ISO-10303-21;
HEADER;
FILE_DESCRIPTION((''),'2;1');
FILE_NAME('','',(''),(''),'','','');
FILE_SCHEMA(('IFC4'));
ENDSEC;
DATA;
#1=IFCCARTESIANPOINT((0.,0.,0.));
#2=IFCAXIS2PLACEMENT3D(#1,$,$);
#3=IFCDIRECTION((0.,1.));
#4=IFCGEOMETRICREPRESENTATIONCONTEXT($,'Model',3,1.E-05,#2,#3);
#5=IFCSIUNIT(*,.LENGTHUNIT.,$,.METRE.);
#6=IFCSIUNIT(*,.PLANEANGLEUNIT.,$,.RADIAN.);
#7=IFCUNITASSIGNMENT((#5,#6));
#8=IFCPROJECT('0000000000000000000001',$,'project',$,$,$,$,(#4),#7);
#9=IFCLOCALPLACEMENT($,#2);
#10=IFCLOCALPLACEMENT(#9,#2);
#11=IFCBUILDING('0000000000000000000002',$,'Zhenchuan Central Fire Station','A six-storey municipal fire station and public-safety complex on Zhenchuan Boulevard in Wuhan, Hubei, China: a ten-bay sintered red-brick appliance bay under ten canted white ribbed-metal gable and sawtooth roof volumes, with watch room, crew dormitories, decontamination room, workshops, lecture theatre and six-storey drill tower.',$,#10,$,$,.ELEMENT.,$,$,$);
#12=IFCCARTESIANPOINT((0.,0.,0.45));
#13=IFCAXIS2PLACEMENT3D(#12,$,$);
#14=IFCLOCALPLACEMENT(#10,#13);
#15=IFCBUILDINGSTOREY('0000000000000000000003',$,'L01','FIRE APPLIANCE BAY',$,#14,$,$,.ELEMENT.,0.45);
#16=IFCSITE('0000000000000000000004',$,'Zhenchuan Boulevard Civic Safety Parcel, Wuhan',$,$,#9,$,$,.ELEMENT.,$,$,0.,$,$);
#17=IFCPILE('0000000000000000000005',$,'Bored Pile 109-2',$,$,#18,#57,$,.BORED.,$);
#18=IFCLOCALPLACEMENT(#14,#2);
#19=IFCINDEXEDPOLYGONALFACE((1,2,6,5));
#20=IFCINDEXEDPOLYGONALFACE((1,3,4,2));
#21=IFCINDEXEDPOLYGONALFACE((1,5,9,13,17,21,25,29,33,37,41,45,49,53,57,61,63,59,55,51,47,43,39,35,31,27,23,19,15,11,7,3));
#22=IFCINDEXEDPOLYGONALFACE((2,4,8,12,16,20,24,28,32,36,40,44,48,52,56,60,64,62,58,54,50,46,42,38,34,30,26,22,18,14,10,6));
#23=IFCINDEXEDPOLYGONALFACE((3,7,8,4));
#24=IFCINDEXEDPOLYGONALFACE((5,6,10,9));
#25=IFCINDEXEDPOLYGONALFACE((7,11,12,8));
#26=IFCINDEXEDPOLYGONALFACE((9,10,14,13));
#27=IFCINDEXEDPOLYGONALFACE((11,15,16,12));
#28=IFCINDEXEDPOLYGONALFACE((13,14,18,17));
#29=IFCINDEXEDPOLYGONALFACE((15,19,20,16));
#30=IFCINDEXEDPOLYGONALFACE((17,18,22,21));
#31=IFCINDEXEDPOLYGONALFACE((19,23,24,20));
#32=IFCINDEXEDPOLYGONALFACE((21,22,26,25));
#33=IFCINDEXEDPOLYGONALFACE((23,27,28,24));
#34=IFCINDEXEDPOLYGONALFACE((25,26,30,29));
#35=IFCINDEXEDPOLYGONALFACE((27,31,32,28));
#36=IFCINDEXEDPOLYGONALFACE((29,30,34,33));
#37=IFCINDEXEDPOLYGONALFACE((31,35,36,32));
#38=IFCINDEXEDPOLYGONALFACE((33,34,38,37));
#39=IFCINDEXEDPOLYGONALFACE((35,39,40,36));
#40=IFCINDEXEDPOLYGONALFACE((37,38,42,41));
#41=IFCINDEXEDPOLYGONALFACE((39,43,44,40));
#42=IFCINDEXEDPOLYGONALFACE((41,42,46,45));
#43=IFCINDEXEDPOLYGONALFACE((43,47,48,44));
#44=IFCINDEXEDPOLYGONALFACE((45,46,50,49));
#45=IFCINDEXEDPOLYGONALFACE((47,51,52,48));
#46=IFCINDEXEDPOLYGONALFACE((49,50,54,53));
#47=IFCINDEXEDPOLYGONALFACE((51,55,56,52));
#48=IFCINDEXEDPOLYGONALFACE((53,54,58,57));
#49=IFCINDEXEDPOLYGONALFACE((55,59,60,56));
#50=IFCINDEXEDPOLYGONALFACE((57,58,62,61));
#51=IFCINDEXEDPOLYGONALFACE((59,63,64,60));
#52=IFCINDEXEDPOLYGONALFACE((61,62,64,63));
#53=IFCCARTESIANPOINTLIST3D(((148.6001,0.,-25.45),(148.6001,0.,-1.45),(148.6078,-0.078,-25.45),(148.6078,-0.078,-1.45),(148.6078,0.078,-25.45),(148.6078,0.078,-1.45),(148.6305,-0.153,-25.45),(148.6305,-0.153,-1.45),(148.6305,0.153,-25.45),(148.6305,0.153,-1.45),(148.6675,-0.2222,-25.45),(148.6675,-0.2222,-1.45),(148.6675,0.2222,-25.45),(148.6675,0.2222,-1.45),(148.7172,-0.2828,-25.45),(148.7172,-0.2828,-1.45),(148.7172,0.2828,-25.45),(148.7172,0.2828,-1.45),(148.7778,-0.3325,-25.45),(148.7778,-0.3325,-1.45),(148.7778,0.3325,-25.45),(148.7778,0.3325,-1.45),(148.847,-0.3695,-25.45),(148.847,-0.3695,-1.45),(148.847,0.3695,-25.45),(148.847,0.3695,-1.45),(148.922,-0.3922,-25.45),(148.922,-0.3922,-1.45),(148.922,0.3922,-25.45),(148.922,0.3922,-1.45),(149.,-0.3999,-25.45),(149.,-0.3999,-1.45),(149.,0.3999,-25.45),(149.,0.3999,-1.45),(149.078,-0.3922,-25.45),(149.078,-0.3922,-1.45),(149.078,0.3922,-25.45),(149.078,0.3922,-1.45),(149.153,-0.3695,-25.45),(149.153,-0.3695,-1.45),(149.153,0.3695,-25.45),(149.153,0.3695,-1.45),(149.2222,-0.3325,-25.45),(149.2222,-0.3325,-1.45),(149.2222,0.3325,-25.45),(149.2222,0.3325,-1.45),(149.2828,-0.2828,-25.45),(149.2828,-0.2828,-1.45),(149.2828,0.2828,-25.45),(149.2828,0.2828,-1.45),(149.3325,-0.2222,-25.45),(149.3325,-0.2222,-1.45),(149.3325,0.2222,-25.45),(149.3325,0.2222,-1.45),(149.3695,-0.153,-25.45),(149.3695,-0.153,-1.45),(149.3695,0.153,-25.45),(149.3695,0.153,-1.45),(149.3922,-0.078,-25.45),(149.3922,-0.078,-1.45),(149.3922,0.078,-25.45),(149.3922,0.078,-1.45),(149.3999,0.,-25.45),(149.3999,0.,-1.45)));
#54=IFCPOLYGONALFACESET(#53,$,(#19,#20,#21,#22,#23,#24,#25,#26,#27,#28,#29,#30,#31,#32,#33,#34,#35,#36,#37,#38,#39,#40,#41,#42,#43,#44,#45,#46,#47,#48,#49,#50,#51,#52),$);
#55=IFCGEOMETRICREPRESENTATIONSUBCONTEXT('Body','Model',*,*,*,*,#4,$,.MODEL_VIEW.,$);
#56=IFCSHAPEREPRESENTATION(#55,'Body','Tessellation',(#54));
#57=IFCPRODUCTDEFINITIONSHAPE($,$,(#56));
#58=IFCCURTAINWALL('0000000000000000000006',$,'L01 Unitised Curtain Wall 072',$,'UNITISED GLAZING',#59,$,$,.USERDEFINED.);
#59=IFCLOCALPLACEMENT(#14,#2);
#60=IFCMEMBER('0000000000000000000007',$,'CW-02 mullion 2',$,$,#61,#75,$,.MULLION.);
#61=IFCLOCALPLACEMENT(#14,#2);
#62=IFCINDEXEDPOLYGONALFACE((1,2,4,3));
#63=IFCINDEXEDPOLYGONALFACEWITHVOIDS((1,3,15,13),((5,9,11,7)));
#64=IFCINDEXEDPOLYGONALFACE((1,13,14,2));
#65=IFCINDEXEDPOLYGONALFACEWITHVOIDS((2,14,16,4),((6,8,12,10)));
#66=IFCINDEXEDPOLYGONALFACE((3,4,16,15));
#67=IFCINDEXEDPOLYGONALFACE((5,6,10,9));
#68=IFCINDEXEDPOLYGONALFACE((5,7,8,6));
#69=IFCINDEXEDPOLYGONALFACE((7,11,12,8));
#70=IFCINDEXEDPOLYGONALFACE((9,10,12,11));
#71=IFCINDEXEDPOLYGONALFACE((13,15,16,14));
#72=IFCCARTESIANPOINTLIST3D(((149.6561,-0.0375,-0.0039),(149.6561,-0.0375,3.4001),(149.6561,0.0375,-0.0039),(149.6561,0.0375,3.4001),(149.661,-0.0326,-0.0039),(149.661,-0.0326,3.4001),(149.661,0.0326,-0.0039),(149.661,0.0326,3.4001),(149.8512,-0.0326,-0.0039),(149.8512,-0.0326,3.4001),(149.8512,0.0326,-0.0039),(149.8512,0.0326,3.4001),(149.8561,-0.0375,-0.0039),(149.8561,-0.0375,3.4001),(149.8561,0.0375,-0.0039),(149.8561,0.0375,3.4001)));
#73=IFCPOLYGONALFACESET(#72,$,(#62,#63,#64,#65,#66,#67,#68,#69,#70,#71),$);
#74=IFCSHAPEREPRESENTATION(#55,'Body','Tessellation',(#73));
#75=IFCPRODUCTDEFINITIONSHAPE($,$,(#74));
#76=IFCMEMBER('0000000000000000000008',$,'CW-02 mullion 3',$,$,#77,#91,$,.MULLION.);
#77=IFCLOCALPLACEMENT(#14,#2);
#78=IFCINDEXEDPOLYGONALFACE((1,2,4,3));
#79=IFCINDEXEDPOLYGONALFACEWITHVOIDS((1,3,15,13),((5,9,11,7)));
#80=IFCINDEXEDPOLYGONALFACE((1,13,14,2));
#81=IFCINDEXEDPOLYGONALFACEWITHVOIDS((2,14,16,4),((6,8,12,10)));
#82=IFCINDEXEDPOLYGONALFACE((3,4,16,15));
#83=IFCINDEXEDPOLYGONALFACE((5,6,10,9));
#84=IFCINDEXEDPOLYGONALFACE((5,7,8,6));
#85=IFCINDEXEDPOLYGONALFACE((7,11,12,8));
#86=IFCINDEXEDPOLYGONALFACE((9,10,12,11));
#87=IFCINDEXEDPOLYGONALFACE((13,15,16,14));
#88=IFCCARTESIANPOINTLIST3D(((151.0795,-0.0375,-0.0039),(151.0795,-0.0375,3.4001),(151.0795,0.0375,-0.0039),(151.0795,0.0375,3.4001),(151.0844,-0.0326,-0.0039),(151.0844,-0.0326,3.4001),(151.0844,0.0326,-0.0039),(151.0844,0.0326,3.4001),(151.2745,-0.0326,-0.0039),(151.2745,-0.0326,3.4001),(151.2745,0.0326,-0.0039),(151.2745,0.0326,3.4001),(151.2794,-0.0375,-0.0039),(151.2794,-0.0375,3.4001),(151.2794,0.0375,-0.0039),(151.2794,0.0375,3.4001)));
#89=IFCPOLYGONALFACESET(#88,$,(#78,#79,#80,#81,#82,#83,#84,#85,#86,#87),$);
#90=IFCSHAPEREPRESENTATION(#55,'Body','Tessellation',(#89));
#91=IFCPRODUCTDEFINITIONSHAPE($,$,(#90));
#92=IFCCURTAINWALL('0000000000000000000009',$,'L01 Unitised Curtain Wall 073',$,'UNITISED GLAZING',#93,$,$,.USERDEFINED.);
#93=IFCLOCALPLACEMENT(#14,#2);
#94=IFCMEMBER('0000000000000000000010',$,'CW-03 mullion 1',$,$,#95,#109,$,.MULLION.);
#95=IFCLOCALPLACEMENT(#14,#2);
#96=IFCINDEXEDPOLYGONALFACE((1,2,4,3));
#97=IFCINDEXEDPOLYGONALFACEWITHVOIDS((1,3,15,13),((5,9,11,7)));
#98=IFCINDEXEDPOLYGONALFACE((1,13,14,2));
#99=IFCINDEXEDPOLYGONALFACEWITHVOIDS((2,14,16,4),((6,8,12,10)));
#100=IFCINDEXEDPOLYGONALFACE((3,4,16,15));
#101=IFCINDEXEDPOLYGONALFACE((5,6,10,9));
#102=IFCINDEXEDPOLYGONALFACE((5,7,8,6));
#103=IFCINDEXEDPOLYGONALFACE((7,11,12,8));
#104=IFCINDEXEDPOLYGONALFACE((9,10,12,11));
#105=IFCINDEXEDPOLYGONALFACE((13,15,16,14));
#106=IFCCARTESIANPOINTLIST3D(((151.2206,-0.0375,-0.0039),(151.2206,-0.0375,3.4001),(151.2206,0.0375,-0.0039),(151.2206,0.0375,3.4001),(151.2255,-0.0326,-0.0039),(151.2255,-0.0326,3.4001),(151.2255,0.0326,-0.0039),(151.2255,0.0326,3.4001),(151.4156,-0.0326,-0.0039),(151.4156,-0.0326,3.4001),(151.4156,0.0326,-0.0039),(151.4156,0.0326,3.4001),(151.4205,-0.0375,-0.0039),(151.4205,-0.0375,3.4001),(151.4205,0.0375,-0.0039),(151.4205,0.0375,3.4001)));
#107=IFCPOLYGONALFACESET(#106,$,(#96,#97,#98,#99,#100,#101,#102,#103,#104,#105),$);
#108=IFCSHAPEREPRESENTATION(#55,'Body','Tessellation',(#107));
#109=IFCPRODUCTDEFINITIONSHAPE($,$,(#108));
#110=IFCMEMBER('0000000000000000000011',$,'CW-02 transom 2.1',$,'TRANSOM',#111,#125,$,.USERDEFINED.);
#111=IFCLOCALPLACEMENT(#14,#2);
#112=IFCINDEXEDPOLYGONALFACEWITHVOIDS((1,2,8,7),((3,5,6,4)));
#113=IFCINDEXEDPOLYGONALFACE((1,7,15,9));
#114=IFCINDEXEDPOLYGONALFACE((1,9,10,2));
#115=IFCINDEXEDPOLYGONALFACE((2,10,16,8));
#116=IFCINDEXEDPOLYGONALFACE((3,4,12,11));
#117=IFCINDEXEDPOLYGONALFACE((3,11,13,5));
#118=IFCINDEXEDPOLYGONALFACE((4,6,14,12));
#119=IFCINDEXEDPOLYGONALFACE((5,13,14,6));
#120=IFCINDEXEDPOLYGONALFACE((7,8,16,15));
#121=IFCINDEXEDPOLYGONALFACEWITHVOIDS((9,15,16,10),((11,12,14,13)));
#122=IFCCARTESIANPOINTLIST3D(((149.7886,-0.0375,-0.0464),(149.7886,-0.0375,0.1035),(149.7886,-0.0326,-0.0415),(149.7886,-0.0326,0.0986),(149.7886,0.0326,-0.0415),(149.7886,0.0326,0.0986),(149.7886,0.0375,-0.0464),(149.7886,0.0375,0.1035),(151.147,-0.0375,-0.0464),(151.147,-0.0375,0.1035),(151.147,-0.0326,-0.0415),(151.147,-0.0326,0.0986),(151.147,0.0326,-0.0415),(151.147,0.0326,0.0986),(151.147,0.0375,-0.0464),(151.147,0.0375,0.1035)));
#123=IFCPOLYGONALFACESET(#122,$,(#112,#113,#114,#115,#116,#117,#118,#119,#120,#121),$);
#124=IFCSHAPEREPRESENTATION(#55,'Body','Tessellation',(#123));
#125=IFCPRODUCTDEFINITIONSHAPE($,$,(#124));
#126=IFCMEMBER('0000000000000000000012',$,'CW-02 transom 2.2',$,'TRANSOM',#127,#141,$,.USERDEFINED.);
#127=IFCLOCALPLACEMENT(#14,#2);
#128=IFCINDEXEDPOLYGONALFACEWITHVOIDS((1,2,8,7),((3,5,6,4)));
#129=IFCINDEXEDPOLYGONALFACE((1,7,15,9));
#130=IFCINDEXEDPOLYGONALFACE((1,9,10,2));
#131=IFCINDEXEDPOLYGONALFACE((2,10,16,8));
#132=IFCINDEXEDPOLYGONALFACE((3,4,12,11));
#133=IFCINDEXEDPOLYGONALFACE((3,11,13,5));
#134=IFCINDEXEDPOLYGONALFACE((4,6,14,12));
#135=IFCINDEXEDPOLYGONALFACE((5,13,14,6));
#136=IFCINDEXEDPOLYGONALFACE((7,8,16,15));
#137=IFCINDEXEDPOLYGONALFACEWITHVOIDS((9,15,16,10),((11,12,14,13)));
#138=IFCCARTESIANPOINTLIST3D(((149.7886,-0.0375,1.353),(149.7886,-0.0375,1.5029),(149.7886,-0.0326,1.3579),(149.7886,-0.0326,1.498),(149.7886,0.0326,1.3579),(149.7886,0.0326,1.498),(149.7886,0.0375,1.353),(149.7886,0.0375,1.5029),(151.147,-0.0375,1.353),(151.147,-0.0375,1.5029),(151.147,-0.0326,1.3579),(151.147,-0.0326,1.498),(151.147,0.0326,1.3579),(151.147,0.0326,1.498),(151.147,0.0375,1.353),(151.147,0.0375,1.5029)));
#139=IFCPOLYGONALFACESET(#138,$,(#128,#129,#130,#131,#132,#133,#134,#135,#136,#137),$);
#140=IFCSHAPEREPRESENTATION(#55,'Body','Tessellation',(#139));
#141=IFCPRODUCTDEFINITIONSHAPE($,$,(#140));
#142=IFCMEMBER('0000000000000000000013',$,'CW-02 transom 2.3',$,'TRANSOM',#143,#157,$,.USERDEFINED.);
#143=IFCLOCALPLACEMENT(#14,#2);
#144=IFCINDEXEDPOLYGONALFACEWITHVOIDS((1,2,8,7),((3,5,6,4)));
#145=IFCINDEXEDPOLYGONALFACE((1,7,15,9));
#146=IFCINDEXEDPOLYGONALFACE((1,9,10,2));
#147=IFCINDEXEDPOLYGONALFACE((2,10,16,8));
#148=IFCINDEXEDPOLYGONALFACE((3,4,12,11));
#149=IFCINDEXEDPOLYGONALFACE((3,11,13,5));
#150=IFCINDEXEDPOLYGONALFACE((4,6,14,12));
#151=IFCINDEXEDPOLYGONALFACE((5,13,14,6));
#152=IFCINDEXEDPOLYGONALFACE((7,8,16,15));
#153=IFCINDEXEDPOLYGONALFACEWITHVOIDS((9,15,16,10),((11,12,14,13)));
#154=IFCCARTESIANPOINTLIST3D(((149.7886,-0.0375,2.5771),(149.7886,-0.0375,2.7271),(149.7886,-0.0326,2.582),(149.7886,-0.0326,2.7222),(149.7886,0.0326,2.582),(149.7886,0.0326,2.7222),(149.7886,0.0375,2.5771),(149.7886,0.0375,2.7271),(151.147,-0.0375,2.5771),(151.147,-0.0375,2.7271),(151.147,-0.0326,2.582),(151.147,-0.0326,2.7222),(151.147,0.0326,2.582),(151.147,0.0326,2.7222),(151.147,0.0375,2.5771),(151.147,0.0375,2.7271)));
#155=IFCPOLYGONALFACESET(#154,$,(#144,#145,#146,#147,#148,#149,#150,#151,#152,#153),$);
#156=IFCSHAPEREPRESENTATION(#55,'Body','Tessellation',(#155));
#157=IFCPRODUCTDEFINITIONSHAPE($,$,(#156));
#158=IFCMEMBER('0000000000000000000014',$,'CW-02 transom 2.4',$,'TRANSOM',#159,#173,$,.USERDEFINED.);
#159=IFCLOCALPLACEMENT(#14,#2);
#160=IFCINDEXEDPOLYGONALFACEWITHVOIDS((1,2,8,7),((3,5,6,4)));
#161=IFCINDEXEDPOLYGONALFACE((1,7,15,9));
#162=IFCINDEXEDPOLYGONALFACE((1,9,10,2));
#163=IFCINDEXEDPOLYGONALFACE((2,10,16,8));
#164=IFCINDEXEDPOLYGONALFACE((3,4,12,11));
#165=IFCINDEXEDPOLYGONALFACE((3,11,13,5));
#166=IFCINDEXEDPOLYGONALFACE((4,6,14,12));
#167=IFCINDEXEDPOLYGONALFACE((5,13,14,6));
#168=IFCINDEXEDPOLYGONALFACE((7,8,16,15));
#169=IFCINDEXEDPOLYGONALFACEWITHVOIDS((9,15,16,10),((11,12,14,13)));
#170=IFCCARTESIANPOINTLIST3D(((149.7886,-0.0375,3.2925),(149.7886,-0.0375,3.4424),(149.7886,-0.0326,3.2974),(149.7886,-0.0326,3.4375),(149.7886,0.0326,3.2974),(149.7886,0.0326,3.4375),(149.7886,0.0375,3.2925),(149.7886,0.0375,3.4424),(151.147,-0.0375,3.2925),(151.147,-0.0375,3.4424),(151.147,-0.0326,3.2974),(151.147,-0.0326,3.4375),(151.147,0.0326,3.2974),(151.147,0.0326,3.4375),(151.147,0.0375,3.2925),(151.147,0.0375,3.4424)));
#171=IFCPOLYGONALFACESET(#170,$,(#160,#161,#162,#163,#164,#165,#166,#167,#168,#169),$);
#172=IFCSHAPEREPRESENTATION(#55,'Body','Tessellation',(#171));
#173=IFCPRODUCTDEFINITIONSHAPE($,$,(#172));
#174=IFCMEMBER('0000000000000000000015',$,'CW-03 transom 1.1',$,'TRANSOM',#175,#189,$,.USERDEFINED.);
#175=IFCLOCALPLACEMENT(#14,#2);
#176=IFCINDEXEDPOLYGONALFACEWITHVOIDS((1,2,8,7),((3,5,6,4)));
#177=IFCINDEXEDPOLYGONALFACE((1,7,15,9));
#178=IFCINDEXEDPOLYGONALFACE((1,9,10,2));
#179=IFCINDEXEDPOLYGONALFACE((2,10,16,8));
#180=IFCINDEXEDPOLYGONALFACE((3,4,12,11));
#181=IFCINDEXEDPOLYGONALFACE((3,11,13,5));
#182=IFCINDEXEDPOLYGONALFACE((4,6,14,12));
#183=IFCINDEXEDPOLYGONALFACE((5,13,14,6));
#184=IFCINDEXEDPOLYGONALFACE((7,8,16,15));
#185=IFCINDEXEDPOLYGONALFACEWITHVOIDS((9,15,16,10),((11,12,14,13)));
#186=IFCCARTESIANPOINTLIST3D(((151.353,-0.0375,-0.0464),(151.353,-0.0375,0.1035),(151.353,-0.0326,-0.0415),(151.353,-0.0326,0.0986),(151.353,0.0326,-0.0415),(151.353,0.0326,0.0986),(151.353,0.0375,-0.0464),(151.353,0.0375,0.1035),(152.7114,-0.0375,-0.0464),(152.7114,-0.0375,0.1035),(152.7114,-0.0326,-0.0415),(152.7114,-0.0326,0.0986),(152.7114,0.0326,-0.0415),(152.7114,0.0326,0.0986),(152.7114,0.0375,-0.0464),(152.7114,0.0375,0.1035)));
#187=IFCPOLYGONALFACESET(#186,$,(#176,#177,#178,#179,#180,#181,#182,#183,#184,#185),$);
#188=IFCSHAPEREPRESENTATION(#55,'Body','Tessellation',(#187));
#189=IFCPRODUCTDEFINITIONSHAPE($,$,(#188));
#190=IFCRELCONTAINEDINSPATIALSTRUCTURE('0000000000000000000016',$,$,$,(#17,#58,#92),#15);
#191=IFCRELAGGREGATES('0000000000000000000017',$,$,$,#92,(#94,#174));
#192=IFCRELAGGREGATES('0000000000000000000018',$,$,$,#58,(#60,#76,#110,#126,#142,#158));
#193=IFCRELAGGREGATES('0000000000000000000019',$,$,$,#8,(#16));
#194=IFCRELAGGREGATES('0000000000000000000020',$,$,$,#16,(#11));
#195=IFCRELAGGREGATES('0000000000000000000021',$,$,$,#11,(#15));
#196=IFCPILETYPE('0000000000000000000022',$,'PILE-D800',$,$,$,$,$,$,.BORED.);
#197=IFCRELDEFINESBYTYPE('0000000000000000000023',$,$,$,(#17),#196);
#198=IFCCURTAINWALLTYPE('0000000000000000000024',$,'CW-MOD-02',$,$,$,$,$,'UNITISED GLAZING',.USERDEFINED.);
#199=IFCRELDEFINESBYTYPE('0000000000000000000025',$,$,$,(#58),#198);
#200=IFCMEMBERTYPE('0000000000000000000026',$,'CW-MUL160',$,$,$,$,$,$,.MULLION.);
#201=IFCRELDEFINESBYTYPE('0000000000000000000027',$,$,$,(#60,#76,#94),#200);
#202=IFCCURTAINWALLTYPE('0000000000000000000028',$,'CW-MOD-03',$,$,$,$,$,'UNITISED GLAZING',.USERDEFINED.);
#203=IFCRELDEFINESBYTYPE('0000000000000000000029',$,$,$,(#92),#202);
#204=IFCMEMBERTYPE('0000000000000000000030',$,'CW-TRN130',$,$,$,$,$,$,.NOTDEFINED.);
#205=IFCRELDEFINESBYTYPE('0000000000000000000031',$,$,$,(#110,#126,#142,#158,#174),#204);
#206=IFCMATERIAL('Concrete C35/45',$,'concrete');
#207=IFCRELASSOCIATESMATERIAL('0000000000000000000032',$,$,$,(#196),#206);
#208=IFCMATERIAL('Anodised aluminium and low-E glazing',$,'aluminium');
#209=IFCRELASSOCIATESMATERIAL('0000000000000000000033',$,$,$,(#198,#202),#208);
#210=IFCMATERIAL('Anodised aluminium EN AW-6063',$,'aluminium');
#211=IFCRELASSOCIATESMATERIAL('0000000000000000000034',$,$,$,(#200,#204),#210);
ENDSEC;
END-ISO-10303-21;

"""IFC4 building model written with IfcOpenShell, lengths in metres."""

from ifc_helpers import new_model, si_unit, direction, frame, origin, origin_2d, place, context, subcontext, project, spatial, hollow_rectangle, circle, extrude, material, material_profile, profile_set, type_object, element, aggregate, save


model = new_model("IFC4")

# Units and contexts
model_context = context("Model", 3, precision=1e-05, world=origin(), true_north=direction((0.0, 1.0)))
body_context = subcontext(model_context, "Body", "Model", "MODEL_VIEW")
ifc_project = project(units=[si_unit("LENGTHUNIT", "METRE"), si_unit("PLANEANGLEUNIT", "RADIAN")], contexts=[model_context])

# Site, building, storey
site_placement = place(None, origin())
site = spatial("IfcSite", under=ifc_project, at=site_placement, Name="Zhenchuan Boulevard Civic Safety Parcel, Wuhan", CompositionType="ELEMENT", RefElevation=0.0)
building_placement = place(site_placement, origin())
building = spatial("IfcBuilding", under=site, at=building_placement, Name="Zhenchuan Central Fire Station", Description="A six-storey municipal fire station and public-safety complex on Zhenchuan Boulevard in Wuhan, Hubei, China: a ten-bay sintered red-brick appliance bay under ten canted white ribbed-metal gable and sawtooth roof volumes, with watch room, crew dormitories, decontamination room, workshops, lecture theatre and six-storey drill tower.", CompositionType="ELEMENT")
storey_placement = place(building_placement, frame((0.0, 0.0, 0.45)))
storey = spatial("IfcBuildingStorey", under=building, at=storey_placement, Name="L01", Description="FIRE APPLIANCE BAY", CompositionType="ELEMENT", Elevation=0.45)

# Pile
ifc_material_1 = material(Name="Concrete C35/45", Category="concrete")
ifc_material_profile_1 = material_profile(ifc_material_1, circle(Radius=0.3999, at=origin_2d()), Name="PILE D800")
ifc_profile_set_1 = profile_set([ifc_material_profile_1], Name="Concrete C35/45")
pile_type = type_object("IfcPileType", Name="PILE-D800", PredefinedType="BORED", material=ifc_profile_set_1)
pile_placement = place(storey_placement, frame((149.0, 0.0, -1.45), z_axis=(0.0, 0.0, -1.0), x_axis=(1.0, 0.0, 0.0)))
element("IfcPile", 1, at=pile_placement, inside=storey, type_object=pile_type, Name="Bored Pile 109-2", PredefinedType="BORED", context=body_context, shape_type="SweptSolid", body=[
    extrude(circle(Radius=0.3999, at=origin_2d()), origin(), (0.0, 0.0, 1.0), 24.0),
])

# Curtain wall, members
ifc_material_2 = material(Name="Anodised aluminium and low-E glazing", Category="aluminium")
curtain_wall_type_1 = type_object("IfcCurtainWallType", Name="CW-MOD-02", ElementType="UNITISED GLAZING", PredefinedType="USERDEFINED", material=ifc_material_2)
curtain_wall_1_placement = place(storey_placement, origin())
curtain_wall_1 = element("IfcCurtainWall", 2, at=curtain_wall_1_placement, inside=storey, type_object=curtain_wall_type_1, Name="L01 Unitised Curtain Wall 072", ObjectType="UNITISED GLAZING", PredefinedType="USERDEFINED")
ifc_material_3 = material(Name="Anodised aluminium EN AW-6063", Category="aluminium")
ifc_material_profile_2 = material_profile(ifc_material_3, hollow_rectangle(XDim=0.075, YDim=0.2, WallThickness=0.0049, at=origin_2d()), Name="ALU-M 200x75")
ifc_profile_set_2 = profile_set([ifc_material_profile_2], Name="Anodised aluminium EN AW-6063")
member_type_1 = type_object("IfcMemberType", Name="CW-MUL160", PredefinedType="MULLION", material=ifc_profile_set_2)
member_1_placement = place(storey_placement, frame((149.7561, 0.0, -0.0039), z_axis=(0.0, 0.0, 1.0), x_axis=(0.0, 1.0, 0.0)))
member_1 = element("IfcMember", 3, at=member_1_placement, type_object=member_type_1, Name="CW-02 mullion 2", PredefinedType="MULLION", context=body_context, shape_type="SweptSolid", body=[
    extrude(hollow_rectangle(XDim=0.075, YDim=0.2, WallThickness=0.0049, at=origin_2d()), origin(), (0.0, 0.0, 1.0), 3.4041),
])
member_2_placement = place(storey_placement, frame((151.1794, 0.0, -0.0039), z_axis=(0.0, 0.0, 1.0), x_axis=(0.0, 1.0, 0.0)))
member_2 = element("IfcMember", 4, at=member_2_placement, type_object=member_type_1, Name="CW-02 mullion 3", PredefinedType="MULLION", context=body_context, shape_type="SweptSolid", body=[
    extrude(hollow_rectangle(XDim=0.075, YDim=0.2, WallThickness=0.0049, at=origin_2d()), origin(), (0.0, 0.0, 1.0), 3.4041),
])

# Curtain wall, member
curtain_wall_type_2 = type_object("IfcCurtainWallType", Name="CW-MOD-03", ElementType="UNITISED GLAZING", PredefinedType="USERDEFINED", material=ifc_material_2)
curtain_wall_2_placement = place(storey_placement, origin())
curtain_wall_2 = element("IfcCurtainWall", 5, at=curtain_wall_2_placement, inside=storey, type_object=curtain_wall_type_2, Name="L01 Unitised Curtain Wall 073", ObjectType="UNITISED GLAZING", PredefinedType="USERDEFINED")
member_3_placement = place(storey_placement, frame((151.3206, 0.0, -0.0039), z_axis=(0.0, 0.0, 1.0), x_axis=(0.0, 1.0, 0.0)))
member_3 = element("IfcMember", 6, at=member_3_placement, type_object=member_type_1, Name="CW-03 mullion 1", PredefinedType="MULLION", context=body_context, shape_type="SweptSolid", body=[
    extrude(hollow_rectangle(XDim=0.075, YDim=0.2, WallThickness=0.0049, at=origin_2d()), origin(), (0.0, 0.0, 1.0), 3.4041),
])

# Members
ifc_material_profile_3 = material_profile(ifc_material_3, hollow_rectangle(XDim=0.075, YDim=0.1499, WallThickness=0.0049, at=origin_2d()), Name="ALU-T 150x75")
ifc_profile_set_3 = profile_set([ifc_material_profile_3], Name="Anodised aluminium EN AW-6063")
member_type_2 = type_object("IfcMemberType", Name="CW-TRN130", PredefinedType="NOTDEFINED", material=ifc_profile_set_3)
member_4_placement = place(storey_placement, frame((149.7886, 0.0, 0.0286), z_axis=(1.0, 0.0, 0.0), x_axis=(0.0, 1.0, 0.0)))
member_4 = element("IfcMember", 7, at=member_4_placement, type_object=member_type_2, Name="CW-02 transom 2.1", ObjectType="TRANSOM", PredefinedType="USERDEFINED", context=body_context, shape_type="SweptSolid", body=[
    extrude(hollow_rectangle(XDim=0.075, YDim=0.1499, WallThickness=0.0049, at=origin_2d()), origin(), (0.0, 0.0, 1.0), 1.3584),
])
member_5_placement = place(storey_placement, frame((149.7886, 0.0, 1.428), z_axis=(1.0, 0.0, 0.0), x_axis=(0.0, 1.0, 0.0)))
member_5 = element("IfcMember", 8, at=member_5_placement, type_object=member_type_2, Name="CW-02 transom 2.2", ObjectType="TRANSOM", PredefinedType="USERDEFINED", context=body_context, shape_type="SweptSolid", body=[
    extrude(hollow_rectangle(XDim=0.075, YDim=0.1499, WallThickness=0.0049, at=origin_2d()), origin(), (0.0, 0.0, 1.0), 1.3584),
])
member_6_placement = place(storey_placement, frame((149.7886, 0.0, 2.6521), z_axis=(1.0, 0.0, 0.0), x_axis=(0.0, 1.0, 0.0)))
member_6 = element("IfcMember", 9, at=member_6_placement, type_object=member_type_2, Name="CW-02 transom 2.3", ObjectType="TRANSOM", PredefinedType="USERDEFINED", context=body_context, shape_type="SweptSolid", body=[
    extrude(hollow_rectangle(XDim=0.075, YDim=0.1499, WallThickness=0.0049, at=origin_2d()), origin(), (0.0, 0.0, 1.0), 1.3584),
])
member_7_placement = place(storey_placement, frame((149.7886, 0.0, 3.3674), z_axis=(1.0, 0.0, 0.0), x_axis=(0.0, 1.0, 0.0)))
member_7 = element("IfcMember", 10, at=member_7_placement, type_object=member_type_2, Name="CW-02 transom 2.4", ObjectType="TRANSOM", PredefinedType="USERDEFINED", context=body_context, shape_type="SweptSolid", body=[
    extrude(hollow_rectangle(XDim=0.075, YDim=0.1499, WallThickness=0.0049, at=origin_2d()), origin(), (0.0, 0.0, 1.0), 1.3584),
])
member_8_placement = place(storey_placement, frame((151.353, 0.0, 0.0286), z_axis=(1.0, 0.0, 0.0), x_axis=(0.0, 1.0, 0.0)))
member_8 = element("IfcMember", 11, at=member_8_placement, type_object=member_type_2, Name="CW-03 transom 1.1", ObjectType="TRANSOM", PredefinedType="USERDEFINED", context=body_context, shape_type="SweptSolid", body=[
    extrude(hollow_rectangle(XDim=0.075, YDim=0.1499, WallThickness=0.0049, at=origin_2d()), origin(), (0.0, 0.0, 1.0), 1.3584),
])
aggregate(curtain_wall_2, [member_3, member_8])

aggregate(curtain_wall_1, [member_1, member_2, member_4, member_5, member_6, member_7])

save(model, "model.ifc")
